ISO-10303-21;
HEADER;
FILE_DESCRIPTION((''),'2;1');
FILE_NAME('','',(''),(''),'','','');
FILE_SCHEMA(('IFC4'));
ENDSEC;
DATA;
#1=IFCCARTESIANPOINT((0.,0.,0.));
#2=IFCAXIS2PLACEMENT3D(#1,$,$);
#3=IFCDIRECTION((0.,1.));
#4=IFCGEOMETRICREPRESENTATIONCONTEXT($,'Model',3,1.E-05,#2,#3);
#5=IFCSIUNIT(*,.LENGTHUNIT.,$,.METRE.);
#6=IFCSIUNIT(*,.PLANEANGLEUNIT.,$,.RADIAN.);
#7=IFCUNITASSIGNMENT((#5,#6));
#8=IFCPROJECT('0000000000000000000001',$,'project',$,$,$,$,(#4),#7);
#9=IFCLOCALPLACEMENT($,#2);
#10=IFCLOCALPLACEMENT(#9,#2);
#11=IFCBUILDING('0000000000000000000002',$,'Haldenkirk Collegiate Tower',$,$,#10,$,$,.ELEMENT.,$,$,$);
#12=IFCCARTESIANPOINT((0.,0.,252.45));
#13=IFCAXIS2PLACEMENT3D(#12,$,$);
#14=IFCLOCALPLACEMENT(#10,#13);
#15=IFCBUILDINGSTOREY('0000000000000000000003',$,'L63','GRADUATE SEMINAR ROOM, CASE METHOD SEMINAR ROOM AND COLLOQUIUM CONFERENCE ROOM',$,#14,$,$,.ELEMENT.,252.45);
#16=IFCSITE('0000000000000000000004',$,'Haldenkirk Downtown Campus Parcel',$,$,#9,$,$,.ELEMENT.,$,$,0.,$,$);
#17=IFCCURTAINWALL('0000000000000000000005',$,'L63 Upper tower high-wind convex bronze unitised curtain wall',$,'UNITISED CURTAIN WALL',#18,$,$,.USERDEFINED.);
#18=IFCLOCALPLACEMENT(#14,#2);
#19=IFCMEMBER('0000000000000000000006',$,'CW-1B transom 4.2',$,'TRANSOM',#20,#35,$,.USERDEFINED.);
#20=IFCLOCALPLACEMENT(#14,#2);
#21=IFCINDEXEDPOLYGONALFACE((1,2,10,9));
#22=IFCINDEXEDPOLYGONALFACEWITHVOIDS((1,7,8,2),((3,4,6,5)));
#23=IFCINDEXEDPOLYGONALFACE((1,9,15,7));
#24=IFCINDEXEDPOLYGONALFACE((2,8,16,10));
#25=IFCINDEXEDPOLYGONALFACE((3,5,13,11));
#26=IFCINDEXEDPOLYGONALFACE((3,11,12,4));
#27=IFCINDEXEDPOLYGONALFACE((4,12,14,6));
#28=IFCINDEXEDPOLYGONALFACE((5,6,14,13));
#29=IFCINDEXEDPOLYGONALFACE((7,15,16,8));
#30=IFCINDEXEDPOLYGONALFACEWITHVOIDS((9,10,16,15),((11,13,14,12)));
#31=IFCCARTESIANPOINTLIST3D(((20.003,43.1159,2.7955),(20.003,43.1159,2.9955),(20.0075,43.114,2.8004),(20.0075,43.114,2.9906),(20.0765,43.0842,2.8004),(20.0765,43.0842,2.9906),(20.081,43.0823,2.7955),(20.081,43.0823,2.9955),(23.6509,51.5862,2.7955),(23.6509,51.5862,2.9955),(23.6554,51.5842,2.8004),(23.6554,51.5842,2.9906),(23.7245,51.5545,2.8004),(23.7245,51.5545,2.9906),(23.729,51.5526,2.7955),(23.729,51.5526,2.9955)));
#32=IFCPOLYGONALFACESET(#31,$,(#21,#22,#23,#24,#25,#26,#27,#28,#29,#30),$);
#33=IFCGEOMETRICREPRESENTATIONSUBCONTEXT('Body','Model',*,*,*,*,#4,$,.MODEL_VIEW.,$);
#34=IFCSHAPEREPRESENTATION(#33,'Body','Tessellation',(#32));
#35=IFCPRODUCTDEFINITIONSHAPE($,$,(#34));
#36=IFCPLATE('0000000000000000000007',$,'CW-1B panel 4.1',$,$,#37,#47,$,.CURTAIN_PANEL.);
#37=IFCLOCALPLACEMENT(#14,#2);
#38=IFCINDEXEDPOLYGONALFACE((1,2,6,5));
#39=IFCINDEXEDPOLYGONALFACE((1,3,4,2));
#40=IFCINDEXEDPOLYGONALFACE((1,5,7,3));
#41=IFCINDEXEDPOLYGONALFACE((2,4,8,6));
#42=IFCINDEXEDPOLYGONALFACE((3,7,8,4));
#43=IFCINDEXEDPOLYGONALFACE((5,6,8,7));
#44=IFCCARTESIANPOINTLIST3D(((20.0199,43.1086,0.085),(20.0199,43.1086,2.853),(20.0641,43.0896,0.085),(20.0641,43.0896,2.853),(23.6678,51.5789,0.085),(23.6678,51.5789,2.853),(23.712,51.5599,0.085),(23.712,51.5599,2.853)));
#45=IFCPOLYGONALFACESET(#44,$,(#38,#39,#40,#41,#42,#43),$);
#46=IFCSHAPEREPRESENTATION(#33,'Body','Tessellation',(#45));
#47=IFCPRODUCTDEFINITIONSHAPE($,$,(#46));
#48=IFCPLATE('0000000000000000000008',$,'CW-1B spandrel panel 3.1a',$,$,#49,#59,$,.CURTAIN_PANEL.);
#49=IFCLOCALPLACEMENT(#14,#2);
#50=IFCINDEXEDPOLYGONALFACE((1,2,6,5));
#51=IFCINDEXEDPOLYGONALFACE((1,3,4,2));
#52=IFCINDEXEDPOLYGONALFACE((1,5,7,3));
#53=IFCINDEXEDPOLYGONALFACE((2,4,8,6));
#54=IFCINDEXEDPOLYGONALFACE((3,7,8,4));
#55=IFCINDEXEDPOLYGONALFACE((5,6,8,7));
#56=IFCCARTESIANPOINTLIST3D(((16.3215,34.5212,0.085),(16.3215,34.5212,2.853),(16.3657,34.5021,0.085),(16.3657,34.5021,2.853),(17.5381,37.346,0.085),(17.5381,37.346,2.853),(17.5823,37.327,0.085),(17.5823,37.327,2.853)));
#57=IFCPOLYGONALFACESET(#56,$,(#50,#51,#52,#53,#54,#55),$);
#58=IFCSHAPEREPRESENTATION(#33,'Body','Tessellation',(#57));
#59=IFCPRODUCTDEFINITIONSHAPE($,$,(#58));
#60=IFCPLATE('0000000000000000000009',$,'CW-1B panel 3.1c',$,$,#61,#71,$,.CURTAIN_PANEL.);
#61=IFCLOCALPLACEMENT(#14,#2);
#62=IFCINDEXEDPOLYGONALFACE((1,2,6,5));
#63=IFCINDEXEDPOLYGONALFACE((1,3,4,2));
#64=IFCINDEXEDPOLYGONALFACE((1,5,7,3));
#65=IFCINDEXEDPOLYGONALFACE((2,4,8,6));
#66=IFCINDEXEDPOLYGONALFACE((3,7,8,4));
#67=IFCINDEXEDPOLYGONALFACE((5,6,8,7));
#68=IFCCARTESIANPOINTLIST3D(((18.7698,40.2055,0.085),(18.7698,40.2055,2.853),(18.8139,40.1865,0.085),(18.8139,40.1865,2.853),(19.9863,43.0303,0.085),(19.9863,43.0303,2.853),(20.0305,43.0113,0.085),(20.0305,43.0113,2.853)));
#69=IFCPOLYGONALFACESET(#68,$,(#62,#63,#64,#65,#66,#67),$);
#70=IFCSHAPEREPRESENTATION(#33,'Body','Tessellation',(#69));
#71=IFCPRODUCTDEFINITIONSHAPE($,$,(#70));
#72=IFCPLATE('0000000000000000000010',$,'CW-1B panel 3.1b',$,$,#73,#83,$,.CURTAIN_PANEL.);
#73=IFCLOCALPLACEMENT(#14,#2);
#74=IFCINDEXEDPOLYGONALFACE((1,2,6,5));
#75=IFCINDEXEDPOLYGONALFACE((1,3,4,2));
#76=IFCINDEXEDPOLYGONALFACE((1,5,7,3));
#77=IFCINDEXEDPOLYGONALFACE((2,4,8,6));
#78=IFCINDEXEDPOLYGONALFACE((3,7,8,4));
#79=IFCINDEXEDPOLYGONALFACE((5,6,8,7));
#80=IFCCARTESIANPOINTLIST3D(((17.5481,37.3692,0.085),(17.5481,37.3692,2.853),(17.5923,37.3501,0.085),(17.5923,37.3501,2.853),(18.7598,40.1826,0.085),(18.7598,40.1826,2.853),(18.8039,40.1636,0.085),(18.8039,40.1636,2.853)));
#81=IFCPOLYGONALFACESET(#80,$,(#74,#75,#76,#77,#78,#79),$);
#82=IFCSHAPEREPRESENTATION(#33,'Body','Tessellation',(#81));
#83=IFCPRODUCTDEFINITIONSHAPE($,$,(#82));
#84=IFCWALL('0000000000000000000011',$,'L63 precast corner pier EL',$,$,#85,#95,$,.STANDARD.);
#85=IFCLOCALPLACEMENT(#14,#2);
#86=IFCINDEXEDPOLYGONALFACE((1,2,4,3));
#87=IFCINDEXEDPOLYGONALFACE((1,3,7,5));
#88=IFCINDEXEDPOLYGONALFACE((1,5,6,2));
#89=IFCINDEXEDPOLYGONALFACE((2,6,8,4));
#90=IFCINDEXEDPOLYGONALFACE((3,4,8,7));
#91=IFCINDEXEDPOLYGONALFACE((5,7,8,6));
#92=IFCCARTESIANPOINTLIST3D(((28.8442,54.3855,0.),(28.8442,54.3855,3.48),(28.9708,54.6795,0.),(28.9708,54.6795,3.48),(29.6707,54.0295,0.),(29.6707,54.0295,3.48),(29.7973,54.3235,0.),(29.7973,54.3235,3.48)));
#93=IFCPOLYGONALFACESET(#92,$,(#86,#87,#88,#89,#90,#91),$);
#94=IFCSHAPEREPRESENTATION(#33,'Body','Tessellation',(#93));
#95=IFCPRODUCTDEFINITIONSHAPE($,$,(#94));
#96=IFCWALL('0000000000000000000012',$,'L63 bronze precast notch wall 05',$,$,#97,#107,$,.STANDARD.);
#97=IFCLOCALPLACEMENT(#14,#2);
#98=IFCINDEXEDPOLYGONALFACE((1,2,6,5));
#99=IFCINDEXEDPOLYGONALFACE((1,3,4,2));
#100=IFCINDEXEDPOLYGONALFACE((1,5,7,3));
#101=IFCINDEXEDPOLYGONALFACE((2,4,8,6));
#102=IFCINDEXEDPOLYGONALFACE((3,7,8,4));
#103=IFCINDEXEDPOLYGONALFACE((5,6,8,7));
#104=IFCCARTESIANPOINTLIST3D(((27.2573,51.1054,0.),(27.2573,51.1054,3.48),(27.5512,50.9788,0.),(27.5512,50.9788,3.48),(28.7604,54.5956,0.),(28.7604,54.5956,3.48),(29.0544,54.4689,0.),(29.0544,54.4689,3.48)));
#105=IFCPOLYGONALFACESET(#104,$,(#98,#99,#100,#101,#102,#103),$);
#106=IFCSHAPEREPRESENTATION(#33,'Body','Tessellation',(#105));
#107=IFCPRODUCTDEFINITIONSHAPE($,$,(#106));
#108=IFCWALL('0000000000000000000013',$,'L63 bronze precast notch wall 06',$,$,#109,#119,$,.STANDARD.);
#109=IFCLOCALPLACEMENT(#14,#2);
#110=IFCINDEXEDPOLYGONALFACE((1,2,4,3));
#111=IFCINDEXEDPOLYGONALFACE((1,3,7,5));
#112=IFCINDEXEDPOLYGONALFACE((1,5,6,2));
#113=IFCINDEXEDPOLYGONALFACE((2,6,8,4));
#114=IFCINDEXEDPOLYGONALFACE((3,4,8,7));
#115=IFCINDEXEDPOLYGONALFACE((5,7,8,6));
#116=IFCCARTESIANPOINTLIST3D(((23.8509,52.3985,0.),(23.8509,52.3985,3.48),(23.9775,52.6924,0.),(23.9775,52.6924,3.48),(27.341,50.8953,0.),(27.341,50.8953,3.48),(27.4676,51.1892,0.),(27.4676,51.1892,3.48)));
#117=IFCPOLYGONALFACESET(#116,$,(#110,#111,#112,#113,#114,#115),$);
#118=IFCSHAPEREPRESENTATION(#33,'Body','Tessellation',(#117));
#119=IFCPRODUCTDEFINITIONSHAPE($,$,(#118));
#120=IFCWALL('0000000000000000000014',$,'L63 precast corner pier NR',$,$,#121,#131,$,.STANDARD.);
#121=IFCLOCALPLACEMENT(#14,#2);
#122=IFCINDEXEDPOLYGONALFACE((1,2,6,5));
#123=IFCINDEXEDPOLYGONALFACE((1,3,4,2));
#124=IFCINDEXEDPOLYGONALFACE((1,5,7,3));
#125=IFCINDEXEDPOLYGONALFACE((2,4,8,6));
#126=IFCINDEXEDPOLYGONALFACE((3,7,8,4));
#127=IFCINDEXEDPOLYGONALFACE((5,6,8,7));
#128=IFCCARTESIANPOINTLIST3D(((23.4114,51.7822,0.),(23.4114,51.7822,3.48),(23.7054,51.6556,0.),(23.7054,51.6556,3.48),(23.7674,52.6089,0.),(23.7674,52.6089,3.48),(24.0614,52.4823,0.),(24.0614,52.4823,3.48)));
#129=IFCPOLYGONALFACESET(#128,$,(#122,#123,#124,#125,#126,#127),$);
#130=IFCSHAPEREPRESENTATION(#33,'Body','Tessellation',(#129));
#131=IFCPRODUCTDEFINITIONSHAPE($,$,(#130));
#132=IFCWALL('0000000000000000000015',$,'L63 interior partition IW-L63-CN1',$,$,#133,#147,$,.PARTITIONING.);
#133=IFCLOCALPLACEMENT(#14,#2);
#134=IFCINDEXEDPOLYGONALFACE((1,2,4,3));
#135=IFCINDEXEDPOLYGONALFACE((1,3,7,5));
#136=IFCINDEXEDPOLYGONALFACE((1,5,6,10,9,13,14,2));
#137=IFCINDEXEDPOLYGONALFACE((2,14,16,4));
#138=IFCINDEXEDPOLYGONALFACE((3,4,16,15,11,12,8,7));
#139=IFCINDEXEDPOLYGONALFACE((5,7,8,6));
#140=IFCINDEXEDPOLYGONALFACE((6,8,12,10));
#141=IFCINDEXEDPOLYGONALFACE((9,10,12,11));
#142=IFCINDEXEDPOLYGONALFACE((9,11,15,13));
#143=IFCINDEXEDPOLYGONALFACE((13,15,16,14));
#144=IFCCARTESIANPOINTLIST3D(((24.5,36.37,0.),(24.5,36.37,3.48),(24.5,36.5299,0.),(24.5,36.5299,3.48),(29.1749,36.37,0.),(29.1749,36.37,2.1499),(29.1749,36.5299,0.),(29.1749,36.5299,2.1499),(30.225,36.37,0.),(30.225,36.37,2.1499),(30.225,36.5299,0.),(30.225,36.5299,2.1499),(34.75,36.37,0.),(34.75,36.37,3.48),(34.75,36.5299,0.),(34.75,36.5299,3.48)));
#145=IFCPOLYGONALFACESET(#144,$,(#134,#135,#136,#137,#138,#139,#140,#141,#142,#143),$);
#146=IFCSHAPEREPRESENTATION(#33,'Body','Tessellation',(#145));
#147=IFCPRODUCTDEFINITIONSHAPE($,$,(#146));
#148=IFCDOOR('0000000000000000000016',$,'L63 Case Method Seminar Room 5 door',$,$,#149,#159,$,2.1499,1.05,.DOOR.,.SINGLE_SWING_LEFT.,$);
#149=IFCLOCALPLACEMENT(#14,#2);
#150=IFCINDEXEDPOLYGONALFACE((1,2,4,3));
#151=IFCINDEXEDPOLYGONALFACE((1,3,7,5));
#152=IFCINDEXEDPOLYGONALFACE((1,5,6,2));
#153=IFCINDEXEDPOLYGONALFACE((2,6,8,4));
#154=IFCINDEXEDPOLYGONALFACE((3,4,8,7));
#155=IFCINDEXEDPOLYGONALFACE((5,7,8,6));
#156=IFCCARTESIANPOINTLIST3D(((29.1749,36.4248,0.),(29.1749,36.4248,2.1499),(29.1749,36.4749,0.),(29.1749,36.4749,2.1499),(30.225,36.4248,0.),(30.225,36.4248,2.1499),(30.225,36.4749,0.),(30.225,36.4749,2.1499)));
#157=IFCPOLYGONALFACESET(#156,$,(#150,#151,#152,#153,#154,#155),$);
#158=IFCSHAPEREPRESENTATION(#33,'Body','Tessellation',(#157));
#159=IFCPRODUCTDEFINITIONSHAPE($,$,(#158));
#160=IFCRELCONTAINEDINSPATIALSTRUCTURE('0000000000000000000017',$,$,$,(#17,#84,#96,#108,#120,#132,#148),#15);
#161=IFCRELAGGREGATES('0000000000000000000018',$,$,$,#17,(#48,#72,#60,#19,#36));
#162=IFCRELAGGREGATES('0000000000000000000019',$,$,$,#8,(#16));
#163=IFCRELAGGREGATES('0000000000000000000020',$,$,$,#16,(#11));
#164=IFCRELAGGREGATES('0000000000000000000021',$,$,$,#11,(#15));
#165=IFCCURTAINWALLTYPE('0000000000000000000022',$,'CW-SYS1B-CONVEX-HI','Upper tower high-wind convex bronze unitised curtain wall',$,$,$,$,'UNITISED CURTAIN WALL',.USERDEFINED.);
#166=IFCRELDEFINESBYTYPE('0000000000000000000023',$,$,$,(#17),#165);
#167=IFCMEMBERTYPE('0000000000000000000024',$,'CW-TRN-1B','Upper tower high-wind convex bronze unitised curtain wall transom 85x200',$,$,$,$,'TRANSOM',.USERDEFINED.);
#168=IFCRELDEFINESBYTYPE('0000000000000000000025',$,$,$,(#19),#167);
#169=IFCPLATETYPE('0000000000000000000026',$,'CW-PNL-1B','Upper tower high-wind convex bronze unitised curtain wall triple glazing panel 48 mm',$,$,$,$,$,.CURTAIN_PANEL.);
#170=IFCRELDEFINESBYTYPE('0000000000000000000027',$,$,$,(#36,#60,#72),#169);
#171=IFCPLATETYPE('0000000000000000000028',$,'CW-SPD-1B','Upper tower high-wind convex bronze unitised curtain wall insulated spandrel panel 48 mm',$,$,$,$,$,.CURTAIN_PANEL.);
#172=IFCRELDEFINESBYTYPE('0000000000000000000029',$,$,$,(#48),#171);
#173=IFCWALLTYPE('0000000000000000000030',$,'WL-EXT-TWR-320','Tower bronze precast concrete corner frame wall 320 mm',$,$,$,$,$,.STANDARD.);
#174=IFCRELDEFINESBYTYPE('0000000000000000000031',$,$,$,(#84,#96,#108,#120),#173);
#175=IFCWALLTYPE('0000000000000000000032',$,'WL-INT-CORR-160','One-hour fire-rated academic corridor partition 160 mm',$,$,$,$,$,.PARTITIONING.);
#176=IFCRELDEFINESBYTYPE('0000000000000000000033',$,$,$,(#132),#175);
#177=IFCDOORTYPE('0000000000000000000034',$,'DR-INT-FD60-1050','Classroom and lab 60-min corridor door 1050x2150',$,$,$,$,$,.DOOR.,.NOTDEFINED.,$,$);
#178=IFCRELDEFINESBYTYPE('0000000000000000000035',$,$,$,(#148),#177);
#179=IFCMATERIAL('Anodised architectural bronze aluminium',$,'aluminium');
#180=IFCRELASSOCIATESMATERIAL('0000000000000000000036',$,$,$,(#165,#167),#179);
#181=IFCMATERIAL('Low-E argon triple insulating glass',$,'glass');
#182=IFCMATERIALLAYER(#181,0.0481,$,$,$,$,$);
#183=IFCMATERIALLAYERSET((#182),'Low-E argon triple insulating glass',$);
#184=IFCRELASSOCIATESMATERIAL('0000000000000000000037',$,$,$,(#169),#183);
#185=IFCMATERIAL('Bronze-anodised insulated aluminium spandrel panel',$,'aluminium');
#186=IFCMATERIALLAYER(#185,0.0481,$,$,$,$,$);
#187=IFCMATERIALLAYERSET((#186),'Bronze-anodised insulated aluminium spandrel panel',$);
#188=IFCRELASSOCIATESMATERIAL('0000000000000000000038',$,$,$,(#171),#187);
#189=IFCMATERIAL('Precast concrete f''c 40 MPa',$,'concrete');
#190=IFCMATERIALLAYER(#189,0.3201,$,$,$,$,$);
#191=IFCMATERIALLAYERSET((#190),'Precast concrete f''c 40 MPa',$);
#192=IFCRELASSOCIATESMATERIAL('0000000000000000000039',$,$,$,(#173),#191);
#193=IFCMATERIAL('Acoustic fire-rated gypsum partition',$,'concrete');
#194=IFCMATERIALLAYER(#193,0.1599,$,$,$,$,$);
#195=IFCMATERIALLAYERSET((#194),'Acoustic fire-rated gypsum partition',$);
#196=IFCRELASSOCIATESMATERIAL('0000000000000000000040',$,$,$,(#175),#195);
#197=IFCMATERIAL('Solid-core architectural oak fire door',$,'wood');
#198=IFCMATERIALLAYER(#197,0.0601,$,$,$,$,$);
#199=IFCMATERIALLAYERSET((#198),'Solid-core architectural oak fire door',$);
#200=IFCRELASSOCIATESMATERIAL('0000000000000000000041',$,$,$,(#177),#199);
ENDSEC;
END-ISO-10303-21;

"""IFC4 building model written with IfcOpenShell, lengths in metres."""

from ifc_helpers import new_model, si_unit, direction, frame, frame_2d, origin, origin_2d, place, context, subcontext, project, spatial, rectangle, hollow_rectangle, extrude, source, transform, mapped, material, layer, layer_set, material_profile, profile_set, type_object, element, fill, aggregate, save


model = new_model("IFC4")

# Units and contexts
model_context = context("Model", 3, precision=1e-05, world=origin(), true_north=direction((0.0, 1.0)))
body_context = subcontext(model_context, "Body", "Model", "MODEL_VIEW")
ifc_project = project(units=[si_unit("LENGTHUNIT", "METRE"), si_unit("PLANEANGLEUNIT", "RADIAN")], contexts=[model_context])

# Site, building, storey
site_placement = place(None, origin())
site = spatial("IfcSite", under=ifc_project, at=site_placement, Name="Haldenkirk Downtown Campus Parcel", CompositionType="ELEMENT", RefElevation=0.0)
building_placement = place(site_placement, origin())
building = spatial("IfcBuilding", under=site, at=building_placement, Name="Haldenkirk Collegiate Tower", CompositionType="ELEMENT")
storey_placement = place(building_placement, frame((0.0, 0.0, 252.45)))
storey = spatial("IfcBuildingStorey", under=building, at=storey_placement, Name="L63", Description="GRADUATE SEMINAR ROOM, CASE METHOD SEMINAR ROOM AND COLLOQUIUM CONFERENCE ROOM", CompositionType="ELEMENT", Elevation=252.45)

# Shared definitions
ifc_material_1 = material(Name="Anodised architectural bronze aluminium", Category="aluminium")
curtain_wall_type = type_object("IfcCurtainWallType", Name="CW-SYS1B-CONVEX-HI", Description="Upper tower high-wind convex bronze unitised curtain wall", ElementType="UNITISED CURTAIN WALL", PredefinedType="USERDEFINED", material=ifc_material_1)

# Curtain wall
curtain_wall_1_placement = place(storey_placement, origin())
curtain_wall_1 = element("IfcCurtainWall", 1, at=curtain_wall_1_placement, inside=storey, type_object=curtain_wall_type, Name="L63 Upper tower high-wind convex bronze unitised curtain wall", ObjectType="UNITISED CURTAIN WALL", PredefinedType="USERDEFINED")

# Member
ifc_material_profile_1 = material_profile(ifc_material_1, hollow_rectangle(XDim=0.085, YDim=0.2, WallThickness=0.0049, at=origin_2d()), Name="CW-TRN-1B")
ifc_profile_set_1 = profile_set([ifc_material_profile_1], Name="Anodised architectural bronze aluminium")
member_type_1 = type_object("IfcMemberType", Name="CW-TRN-1B", Description="Upper tower high-wind convex bronze unitised curtain wall transom 85x200", ElementType="TRANSOM", PredefinedType="USERDEFINED", material=ifc_profile_set_1)
member_1_placement = place(storey_placement, frame((20.042, 43.0991, 2.8955), z_axis=(0.395555, 0.918443, 0.0), x_axis=(-0.918443, 0.395555, 0.0)))
member_1 = element("IfcMember", 2, at=member_1_placement, type_object=member_type_1, Name="CW-1B transom 4.2", ObjectType="TRANSOM", PredefinedType="USERDEFINED", context=body_context, shape_type="SweptSolid", body=[
    extrude(hollow_rectangle(XDim=0.085, YDim=0.2, WallThickness=0.0049, at=origin_2d()), origin(), (0.0, 0.0, 1.0), 9.2224),
])

# Plates
ifc_material_2 = material(Name="Low-E argon triple insulating glass", Category="glass")
ifc_layer_1 = layer(ifc_material_2, 0.0481)
ifc_layer_set_1 = layer_set([ifc_layer_1], Name="Low-E argon triple insulating glass")
plate_type_1 = type_object("IfcPlateType", Name="CW-PNL-1B", Description="Upper tower high-wind convex bronze unitised curtain wall triple glazing panel 48 mm", PredefinedType="CURTAIN_PANEL", material=ifc_layer_set_1)
shared_shape_1 = source(origin(), body_context, "Body", "SweptSolid", [
    extrude(rectangle(XDim=9.2224, YDim=0.0481, at=origin_2d()), origin(), (0.0, 0.0, 1.0), 2.7681),
])
plate_1_placement = place(storey_placement, frame((21.866, 47.3342, 0.085), z_axis=(0.0, 0.0, 1.0), x_axis=(0.395545, 0.918446, 0.0)))
plate_1 = element("IfcPlate", 3, at=plate_1_placement, type_object=plate_type_1, Name="CW-1B panel 4.1", PredefinedType="CURTAIN_PANEL", context=body_context, shape_type="MappedRepresentation", body=[
    mapped(shared_shape_1, transform((0.0, 0.0, 0.0), x_axis=(1.0, 0.0, 0.0), y_axis=(0.0, 1.0, 0.0), z_axis=(0.0, 0.0, 1.0), scale=1.0)),
])
ifc_material_3 = material(Name="Bronze-anodised insulated aluminium spandrel panel", Category="aluminium")
ifc_layer_2 = layer(ifc_material_3, 0.0481)
ifc_layer_set_2 = layer_set([ifc_layer_2], Name="Bronze-anodised insulated aluminium spandrel panel")
plate_type_2 = type_object("IfcPlateType", Name="CW-SPD-1B", Description="Upper tower high-wind convex bronze unitised curtain wall insulated spandrel panel 48 mm", PredefinedType="CURTAIN_PANEL", material=ifc_layer_set_2)
shared_shape_2 = source(origin(), body_context, "Body", "SweptSolid", [
    extrude(rectangle(XDim=3.0757, YDim=0.0481, at=origin_2d()), origin(), (0.0, 0.0, 1.0), 2.7681),
])
plate_2_placement = place(storey_placement, frame((16.9519, 35.9241, 0.085), z_axis=(0.0, 0.0, 1.0), x_axis=(0.395545, 0.918446, 0.0)))
plate_2 = element("IfcPlate", 4, at=plate_2_placement, type_object=plate_type_2, Name="CW-1B spandrel panel 3.1a", PredefinedType="CURTAIN_PANEL", context=body_context, shape_type="MappedRepresentation", body=[
    mapped(shared_shape_2, transform((0.0, 0.0, 0.0), x_axis=(1.0, 0.0, 0.0), y_axis=(0.0, 1.0, 0.0), z_axis=(0.0, 0.0, 1.0), scale=1.0)),
])
plate_3_placement = place(storey_placement, frame((19.4001, 41.6084, 0.085), z_axis=(0.0, 0.0, 1.0), x_axis=(0.395545, 0.918446, 0.0)))
plate_3 = element("IfcPlate", 5, at=plate_3_placement, type_object=plate_type_1, Name="CW-1B panel 3.1c", PredefinedType="CURTAIN_PANEL", context=body_context, shape_type="MappedRepresentation", body=[
    mapped(shared_shape_2, transform((0.0, 0.0, 0.0), x_axis=(1.0, 0.0, 0.0), y_axis=(0.0, 1.0, 0.0), z_axis=(0.0, 0.0, 1.0), scale=1.0)),
])
shared_shape_3 = source(origin(), body_context, "Body", "SweptSolid", [
    extrude(rectangle(XDim=3.0632, YDim=0.0481, at=origin_2d()), origin(), (0.0, 0.0, 1.0), 2.7681),
])
plate_4_placement = place(storey_placement, frame((18.176, 38.7664, 0.085), z_axis=(0.0, 0.0, 1.0), x_axis=(0.395545, 0.918446, 0.0)))
plate_4 = element("IfcPlate", 6, at=plate_4_placement, type_object=plate_type_1, Name="CW-1B panel 3.1b", PredefinedType="CURTAIN_PANEL", context=body_context, shape_type="MappedRepresentation", body=[
    mapped(shared_shape_3, transform((0.0, 0.0, 0.0), x_axis=(1.0, 0.0, 0.0), y_axis=(0.0, 1.0, 0.0), z_axis=(0.0, 0.0, 1.0), scale=1.0)),
])
aggregate(curtain_wall_1, [plate_2, plate_4, plate_3, member_1, plate_1])

# Walls
ifc_material_4 = material(Name="Precast concrete f'c 40 MPa", Category="concrete")
ifc_layer_3 = layer(ifc_material_4, 0.3201)
ifc_layer_set_3 = layer_set([ifc_layer_3], Name="Precast concrete f'c 40 MPa")
wall_type_1 = type_object("IfcWallType", Name="WL-EXT-TWR-320", Description="Tower bronze precast concrete corner frame wall 320 mm", PredefinedType="STANDARD", material=ifc_layer_set_3)
wall_1_placement = place(storey_placement, frame((28.9075, 54.5325, 0.0), z_axis=(0.0, 0.0, 1.0), x_axis=(0.918428, -0.395589, 0.0)))
element("IfcWall", 7, at=wall_1_placement, inside=storey, type_object=wall_type_1, Name="L63 precast corner pier EL", PredefinedType="STANDARD", context=body_context, shape_type="SweptSolid", body=[
    extrude(rectangle(XDim=0.8999, YDim=0.3201, at=frame_2d((0.45, 0.0))), origin(), (0.0, 0.0, 1.0), 3.48),
])
for number, where, z_axis, x_axis, name in (
    (8, (27.4043, 51.0422, 0.0), (0.0, 0.0, 1.0), (0.395555, 0.918442, 0.0), "L63 bronze precast notch wall 05"),
    (9, (23.9143, 52.5454, 0.0), (0.0, 0.0, 1.0), (0.918432, -0.395578, 0.0), "L63 bronze precast notch wall 06"),
):
    element("IfcWall", number, at=place(storey_placement, frame(where, z_axis=z_axis, x_axis=x_axis)), inside=storey, type_object=wall_type_1, Name=name, PredefinedType="STANDARD", context=body_context, shape_type="SweptSolid", body=[
        extrude(rectangle(XDim=3.8, YDim=0.3201, at=frame_2d((1.8999, 0.0))), origin(), (0.0, 0.0, 1.0), 3.48),
    ])
wall_2_placement = place(storey_placement, frame((23.5583, 51.7188, 0.0), z_axis=(0.0, 0.0, 1.0), x_axis=(0.39549, 0.91847, 0.0)))
element("IfcWall", 10, at=wall_2_placement, inside=storey, type_object=wall_type_1, Name="L63 precast corner pier NR", PredefinedType="STANDARD", context=body_context, shape_type="SweptSolid", body=[
    extrude(rectangle(XDim=0.9001, YDim=0.3201, at=frame_2d((0.4502, 0.0))), origin(), (0.0, 0.0, 1.0), 3.48),
])

# Wall, opening, door
ifc_material_5 = material(Name="Acoustic fire-rated gypsum partition", Category="concrete")
ifc_layer_4 = layer(ifc_material_5, 0.1599)
ifc_layer_set_4 = layer_set([ifc_layer_4], Name="Acoustic fire-rated gypsum partition")
wall_type_2 = type_object("IfcWallType", Name="WL-INT-CORR-160", Description="One-hour fire-rated academic corridor partition 160 mm", PredefinedType="PARTITIONING", material=ifc_layer_set_4)
wall_3_placement = place(storey_placement, frame((24.5, 36.45, 0.0), z_axis=(0.0, 0.0, 1.0), x_axis=(1.0, 0.0, 0.0)))
wall_3 = element("IfcWall", 11, at=wall_3_placement, inside=storey, type_object=wall_type_2, Name="L63 interior partition IW-L63-CN1", PredefinedType="PARTITIONING", context=body_context, shape_type="SweptSolid", body=[
    extrude(rectangle(XDim=10.25, YDim=0.1599, at=frame_2d((5.125, 0.0))), origin(), (0.0, 0.0, 1.0), 3.48),
])
opening_1_placement = place(wall_3_placement, frame((4.675, 0.0, 0.0)))
opening_1 = element("IfcOpeningElement", 12, at=opening_1_placement, cuts=wall_3, PredefinedType="OPENING", context=body_context, shape_type="SweptSolid", body=[
    extrude(rectangle(XDim=1.05, YDim=2.1499, at=frame_2d((0.5249, 1.075))), frame((0.0, 0.0898, 0.0), z_axis=(0.0, -1.0, 0.0), x_axis=(1.0, 0.0, 0.0)), (0.0, 0.0, 1.0), 0.1799),
])
ifc_material_6 = material(Name="Solid-core architectural oak fire door", Category="wood")
ifc_layer_5 = layer(ifc_material_6, 0.0601)
ifc_layer_set_5 = layer_set([ifc_layer_5], Name="Solid-core architectural oak fire door")
door_type_1 = type_object("IfcDoorType", Name="DR-INT-FD60-1050", Description="Classroom and lab 60-min corridor door 1050x2150", OperationType="NOTDEFINED", PredefinedType="DOOR", material=ifc_layer_set_5)
door_1_placement = place(opening_1_placement, origin())
door_1 = element("IfcDoor", 13, at=door_1_placement, inside=storey, type_object=door_type_1, Name="L63 Case Method Seminar Room 5 door", OperationType="SINGLE_SWING_LEFT", OverallHeight=2.1499, OverallWidth=1.05, PredefinedType="DOOR", context=body_context, shape_type="SweptSolid", body=[
    extrude(rectangle(XDim=1.05, YDim=2.1499, at=frame_2d((0.5249, 1.075))), frame((0.0, 0.0249, 0.0), z_axis=(0.0, -1.0, 0.0), x_axis=(1.0, 0.0, 0.0)), (0.0, 0.0, 1.0), 0.05),
])
fill(opening_1, door_1)

save(model, "model.ifc")
